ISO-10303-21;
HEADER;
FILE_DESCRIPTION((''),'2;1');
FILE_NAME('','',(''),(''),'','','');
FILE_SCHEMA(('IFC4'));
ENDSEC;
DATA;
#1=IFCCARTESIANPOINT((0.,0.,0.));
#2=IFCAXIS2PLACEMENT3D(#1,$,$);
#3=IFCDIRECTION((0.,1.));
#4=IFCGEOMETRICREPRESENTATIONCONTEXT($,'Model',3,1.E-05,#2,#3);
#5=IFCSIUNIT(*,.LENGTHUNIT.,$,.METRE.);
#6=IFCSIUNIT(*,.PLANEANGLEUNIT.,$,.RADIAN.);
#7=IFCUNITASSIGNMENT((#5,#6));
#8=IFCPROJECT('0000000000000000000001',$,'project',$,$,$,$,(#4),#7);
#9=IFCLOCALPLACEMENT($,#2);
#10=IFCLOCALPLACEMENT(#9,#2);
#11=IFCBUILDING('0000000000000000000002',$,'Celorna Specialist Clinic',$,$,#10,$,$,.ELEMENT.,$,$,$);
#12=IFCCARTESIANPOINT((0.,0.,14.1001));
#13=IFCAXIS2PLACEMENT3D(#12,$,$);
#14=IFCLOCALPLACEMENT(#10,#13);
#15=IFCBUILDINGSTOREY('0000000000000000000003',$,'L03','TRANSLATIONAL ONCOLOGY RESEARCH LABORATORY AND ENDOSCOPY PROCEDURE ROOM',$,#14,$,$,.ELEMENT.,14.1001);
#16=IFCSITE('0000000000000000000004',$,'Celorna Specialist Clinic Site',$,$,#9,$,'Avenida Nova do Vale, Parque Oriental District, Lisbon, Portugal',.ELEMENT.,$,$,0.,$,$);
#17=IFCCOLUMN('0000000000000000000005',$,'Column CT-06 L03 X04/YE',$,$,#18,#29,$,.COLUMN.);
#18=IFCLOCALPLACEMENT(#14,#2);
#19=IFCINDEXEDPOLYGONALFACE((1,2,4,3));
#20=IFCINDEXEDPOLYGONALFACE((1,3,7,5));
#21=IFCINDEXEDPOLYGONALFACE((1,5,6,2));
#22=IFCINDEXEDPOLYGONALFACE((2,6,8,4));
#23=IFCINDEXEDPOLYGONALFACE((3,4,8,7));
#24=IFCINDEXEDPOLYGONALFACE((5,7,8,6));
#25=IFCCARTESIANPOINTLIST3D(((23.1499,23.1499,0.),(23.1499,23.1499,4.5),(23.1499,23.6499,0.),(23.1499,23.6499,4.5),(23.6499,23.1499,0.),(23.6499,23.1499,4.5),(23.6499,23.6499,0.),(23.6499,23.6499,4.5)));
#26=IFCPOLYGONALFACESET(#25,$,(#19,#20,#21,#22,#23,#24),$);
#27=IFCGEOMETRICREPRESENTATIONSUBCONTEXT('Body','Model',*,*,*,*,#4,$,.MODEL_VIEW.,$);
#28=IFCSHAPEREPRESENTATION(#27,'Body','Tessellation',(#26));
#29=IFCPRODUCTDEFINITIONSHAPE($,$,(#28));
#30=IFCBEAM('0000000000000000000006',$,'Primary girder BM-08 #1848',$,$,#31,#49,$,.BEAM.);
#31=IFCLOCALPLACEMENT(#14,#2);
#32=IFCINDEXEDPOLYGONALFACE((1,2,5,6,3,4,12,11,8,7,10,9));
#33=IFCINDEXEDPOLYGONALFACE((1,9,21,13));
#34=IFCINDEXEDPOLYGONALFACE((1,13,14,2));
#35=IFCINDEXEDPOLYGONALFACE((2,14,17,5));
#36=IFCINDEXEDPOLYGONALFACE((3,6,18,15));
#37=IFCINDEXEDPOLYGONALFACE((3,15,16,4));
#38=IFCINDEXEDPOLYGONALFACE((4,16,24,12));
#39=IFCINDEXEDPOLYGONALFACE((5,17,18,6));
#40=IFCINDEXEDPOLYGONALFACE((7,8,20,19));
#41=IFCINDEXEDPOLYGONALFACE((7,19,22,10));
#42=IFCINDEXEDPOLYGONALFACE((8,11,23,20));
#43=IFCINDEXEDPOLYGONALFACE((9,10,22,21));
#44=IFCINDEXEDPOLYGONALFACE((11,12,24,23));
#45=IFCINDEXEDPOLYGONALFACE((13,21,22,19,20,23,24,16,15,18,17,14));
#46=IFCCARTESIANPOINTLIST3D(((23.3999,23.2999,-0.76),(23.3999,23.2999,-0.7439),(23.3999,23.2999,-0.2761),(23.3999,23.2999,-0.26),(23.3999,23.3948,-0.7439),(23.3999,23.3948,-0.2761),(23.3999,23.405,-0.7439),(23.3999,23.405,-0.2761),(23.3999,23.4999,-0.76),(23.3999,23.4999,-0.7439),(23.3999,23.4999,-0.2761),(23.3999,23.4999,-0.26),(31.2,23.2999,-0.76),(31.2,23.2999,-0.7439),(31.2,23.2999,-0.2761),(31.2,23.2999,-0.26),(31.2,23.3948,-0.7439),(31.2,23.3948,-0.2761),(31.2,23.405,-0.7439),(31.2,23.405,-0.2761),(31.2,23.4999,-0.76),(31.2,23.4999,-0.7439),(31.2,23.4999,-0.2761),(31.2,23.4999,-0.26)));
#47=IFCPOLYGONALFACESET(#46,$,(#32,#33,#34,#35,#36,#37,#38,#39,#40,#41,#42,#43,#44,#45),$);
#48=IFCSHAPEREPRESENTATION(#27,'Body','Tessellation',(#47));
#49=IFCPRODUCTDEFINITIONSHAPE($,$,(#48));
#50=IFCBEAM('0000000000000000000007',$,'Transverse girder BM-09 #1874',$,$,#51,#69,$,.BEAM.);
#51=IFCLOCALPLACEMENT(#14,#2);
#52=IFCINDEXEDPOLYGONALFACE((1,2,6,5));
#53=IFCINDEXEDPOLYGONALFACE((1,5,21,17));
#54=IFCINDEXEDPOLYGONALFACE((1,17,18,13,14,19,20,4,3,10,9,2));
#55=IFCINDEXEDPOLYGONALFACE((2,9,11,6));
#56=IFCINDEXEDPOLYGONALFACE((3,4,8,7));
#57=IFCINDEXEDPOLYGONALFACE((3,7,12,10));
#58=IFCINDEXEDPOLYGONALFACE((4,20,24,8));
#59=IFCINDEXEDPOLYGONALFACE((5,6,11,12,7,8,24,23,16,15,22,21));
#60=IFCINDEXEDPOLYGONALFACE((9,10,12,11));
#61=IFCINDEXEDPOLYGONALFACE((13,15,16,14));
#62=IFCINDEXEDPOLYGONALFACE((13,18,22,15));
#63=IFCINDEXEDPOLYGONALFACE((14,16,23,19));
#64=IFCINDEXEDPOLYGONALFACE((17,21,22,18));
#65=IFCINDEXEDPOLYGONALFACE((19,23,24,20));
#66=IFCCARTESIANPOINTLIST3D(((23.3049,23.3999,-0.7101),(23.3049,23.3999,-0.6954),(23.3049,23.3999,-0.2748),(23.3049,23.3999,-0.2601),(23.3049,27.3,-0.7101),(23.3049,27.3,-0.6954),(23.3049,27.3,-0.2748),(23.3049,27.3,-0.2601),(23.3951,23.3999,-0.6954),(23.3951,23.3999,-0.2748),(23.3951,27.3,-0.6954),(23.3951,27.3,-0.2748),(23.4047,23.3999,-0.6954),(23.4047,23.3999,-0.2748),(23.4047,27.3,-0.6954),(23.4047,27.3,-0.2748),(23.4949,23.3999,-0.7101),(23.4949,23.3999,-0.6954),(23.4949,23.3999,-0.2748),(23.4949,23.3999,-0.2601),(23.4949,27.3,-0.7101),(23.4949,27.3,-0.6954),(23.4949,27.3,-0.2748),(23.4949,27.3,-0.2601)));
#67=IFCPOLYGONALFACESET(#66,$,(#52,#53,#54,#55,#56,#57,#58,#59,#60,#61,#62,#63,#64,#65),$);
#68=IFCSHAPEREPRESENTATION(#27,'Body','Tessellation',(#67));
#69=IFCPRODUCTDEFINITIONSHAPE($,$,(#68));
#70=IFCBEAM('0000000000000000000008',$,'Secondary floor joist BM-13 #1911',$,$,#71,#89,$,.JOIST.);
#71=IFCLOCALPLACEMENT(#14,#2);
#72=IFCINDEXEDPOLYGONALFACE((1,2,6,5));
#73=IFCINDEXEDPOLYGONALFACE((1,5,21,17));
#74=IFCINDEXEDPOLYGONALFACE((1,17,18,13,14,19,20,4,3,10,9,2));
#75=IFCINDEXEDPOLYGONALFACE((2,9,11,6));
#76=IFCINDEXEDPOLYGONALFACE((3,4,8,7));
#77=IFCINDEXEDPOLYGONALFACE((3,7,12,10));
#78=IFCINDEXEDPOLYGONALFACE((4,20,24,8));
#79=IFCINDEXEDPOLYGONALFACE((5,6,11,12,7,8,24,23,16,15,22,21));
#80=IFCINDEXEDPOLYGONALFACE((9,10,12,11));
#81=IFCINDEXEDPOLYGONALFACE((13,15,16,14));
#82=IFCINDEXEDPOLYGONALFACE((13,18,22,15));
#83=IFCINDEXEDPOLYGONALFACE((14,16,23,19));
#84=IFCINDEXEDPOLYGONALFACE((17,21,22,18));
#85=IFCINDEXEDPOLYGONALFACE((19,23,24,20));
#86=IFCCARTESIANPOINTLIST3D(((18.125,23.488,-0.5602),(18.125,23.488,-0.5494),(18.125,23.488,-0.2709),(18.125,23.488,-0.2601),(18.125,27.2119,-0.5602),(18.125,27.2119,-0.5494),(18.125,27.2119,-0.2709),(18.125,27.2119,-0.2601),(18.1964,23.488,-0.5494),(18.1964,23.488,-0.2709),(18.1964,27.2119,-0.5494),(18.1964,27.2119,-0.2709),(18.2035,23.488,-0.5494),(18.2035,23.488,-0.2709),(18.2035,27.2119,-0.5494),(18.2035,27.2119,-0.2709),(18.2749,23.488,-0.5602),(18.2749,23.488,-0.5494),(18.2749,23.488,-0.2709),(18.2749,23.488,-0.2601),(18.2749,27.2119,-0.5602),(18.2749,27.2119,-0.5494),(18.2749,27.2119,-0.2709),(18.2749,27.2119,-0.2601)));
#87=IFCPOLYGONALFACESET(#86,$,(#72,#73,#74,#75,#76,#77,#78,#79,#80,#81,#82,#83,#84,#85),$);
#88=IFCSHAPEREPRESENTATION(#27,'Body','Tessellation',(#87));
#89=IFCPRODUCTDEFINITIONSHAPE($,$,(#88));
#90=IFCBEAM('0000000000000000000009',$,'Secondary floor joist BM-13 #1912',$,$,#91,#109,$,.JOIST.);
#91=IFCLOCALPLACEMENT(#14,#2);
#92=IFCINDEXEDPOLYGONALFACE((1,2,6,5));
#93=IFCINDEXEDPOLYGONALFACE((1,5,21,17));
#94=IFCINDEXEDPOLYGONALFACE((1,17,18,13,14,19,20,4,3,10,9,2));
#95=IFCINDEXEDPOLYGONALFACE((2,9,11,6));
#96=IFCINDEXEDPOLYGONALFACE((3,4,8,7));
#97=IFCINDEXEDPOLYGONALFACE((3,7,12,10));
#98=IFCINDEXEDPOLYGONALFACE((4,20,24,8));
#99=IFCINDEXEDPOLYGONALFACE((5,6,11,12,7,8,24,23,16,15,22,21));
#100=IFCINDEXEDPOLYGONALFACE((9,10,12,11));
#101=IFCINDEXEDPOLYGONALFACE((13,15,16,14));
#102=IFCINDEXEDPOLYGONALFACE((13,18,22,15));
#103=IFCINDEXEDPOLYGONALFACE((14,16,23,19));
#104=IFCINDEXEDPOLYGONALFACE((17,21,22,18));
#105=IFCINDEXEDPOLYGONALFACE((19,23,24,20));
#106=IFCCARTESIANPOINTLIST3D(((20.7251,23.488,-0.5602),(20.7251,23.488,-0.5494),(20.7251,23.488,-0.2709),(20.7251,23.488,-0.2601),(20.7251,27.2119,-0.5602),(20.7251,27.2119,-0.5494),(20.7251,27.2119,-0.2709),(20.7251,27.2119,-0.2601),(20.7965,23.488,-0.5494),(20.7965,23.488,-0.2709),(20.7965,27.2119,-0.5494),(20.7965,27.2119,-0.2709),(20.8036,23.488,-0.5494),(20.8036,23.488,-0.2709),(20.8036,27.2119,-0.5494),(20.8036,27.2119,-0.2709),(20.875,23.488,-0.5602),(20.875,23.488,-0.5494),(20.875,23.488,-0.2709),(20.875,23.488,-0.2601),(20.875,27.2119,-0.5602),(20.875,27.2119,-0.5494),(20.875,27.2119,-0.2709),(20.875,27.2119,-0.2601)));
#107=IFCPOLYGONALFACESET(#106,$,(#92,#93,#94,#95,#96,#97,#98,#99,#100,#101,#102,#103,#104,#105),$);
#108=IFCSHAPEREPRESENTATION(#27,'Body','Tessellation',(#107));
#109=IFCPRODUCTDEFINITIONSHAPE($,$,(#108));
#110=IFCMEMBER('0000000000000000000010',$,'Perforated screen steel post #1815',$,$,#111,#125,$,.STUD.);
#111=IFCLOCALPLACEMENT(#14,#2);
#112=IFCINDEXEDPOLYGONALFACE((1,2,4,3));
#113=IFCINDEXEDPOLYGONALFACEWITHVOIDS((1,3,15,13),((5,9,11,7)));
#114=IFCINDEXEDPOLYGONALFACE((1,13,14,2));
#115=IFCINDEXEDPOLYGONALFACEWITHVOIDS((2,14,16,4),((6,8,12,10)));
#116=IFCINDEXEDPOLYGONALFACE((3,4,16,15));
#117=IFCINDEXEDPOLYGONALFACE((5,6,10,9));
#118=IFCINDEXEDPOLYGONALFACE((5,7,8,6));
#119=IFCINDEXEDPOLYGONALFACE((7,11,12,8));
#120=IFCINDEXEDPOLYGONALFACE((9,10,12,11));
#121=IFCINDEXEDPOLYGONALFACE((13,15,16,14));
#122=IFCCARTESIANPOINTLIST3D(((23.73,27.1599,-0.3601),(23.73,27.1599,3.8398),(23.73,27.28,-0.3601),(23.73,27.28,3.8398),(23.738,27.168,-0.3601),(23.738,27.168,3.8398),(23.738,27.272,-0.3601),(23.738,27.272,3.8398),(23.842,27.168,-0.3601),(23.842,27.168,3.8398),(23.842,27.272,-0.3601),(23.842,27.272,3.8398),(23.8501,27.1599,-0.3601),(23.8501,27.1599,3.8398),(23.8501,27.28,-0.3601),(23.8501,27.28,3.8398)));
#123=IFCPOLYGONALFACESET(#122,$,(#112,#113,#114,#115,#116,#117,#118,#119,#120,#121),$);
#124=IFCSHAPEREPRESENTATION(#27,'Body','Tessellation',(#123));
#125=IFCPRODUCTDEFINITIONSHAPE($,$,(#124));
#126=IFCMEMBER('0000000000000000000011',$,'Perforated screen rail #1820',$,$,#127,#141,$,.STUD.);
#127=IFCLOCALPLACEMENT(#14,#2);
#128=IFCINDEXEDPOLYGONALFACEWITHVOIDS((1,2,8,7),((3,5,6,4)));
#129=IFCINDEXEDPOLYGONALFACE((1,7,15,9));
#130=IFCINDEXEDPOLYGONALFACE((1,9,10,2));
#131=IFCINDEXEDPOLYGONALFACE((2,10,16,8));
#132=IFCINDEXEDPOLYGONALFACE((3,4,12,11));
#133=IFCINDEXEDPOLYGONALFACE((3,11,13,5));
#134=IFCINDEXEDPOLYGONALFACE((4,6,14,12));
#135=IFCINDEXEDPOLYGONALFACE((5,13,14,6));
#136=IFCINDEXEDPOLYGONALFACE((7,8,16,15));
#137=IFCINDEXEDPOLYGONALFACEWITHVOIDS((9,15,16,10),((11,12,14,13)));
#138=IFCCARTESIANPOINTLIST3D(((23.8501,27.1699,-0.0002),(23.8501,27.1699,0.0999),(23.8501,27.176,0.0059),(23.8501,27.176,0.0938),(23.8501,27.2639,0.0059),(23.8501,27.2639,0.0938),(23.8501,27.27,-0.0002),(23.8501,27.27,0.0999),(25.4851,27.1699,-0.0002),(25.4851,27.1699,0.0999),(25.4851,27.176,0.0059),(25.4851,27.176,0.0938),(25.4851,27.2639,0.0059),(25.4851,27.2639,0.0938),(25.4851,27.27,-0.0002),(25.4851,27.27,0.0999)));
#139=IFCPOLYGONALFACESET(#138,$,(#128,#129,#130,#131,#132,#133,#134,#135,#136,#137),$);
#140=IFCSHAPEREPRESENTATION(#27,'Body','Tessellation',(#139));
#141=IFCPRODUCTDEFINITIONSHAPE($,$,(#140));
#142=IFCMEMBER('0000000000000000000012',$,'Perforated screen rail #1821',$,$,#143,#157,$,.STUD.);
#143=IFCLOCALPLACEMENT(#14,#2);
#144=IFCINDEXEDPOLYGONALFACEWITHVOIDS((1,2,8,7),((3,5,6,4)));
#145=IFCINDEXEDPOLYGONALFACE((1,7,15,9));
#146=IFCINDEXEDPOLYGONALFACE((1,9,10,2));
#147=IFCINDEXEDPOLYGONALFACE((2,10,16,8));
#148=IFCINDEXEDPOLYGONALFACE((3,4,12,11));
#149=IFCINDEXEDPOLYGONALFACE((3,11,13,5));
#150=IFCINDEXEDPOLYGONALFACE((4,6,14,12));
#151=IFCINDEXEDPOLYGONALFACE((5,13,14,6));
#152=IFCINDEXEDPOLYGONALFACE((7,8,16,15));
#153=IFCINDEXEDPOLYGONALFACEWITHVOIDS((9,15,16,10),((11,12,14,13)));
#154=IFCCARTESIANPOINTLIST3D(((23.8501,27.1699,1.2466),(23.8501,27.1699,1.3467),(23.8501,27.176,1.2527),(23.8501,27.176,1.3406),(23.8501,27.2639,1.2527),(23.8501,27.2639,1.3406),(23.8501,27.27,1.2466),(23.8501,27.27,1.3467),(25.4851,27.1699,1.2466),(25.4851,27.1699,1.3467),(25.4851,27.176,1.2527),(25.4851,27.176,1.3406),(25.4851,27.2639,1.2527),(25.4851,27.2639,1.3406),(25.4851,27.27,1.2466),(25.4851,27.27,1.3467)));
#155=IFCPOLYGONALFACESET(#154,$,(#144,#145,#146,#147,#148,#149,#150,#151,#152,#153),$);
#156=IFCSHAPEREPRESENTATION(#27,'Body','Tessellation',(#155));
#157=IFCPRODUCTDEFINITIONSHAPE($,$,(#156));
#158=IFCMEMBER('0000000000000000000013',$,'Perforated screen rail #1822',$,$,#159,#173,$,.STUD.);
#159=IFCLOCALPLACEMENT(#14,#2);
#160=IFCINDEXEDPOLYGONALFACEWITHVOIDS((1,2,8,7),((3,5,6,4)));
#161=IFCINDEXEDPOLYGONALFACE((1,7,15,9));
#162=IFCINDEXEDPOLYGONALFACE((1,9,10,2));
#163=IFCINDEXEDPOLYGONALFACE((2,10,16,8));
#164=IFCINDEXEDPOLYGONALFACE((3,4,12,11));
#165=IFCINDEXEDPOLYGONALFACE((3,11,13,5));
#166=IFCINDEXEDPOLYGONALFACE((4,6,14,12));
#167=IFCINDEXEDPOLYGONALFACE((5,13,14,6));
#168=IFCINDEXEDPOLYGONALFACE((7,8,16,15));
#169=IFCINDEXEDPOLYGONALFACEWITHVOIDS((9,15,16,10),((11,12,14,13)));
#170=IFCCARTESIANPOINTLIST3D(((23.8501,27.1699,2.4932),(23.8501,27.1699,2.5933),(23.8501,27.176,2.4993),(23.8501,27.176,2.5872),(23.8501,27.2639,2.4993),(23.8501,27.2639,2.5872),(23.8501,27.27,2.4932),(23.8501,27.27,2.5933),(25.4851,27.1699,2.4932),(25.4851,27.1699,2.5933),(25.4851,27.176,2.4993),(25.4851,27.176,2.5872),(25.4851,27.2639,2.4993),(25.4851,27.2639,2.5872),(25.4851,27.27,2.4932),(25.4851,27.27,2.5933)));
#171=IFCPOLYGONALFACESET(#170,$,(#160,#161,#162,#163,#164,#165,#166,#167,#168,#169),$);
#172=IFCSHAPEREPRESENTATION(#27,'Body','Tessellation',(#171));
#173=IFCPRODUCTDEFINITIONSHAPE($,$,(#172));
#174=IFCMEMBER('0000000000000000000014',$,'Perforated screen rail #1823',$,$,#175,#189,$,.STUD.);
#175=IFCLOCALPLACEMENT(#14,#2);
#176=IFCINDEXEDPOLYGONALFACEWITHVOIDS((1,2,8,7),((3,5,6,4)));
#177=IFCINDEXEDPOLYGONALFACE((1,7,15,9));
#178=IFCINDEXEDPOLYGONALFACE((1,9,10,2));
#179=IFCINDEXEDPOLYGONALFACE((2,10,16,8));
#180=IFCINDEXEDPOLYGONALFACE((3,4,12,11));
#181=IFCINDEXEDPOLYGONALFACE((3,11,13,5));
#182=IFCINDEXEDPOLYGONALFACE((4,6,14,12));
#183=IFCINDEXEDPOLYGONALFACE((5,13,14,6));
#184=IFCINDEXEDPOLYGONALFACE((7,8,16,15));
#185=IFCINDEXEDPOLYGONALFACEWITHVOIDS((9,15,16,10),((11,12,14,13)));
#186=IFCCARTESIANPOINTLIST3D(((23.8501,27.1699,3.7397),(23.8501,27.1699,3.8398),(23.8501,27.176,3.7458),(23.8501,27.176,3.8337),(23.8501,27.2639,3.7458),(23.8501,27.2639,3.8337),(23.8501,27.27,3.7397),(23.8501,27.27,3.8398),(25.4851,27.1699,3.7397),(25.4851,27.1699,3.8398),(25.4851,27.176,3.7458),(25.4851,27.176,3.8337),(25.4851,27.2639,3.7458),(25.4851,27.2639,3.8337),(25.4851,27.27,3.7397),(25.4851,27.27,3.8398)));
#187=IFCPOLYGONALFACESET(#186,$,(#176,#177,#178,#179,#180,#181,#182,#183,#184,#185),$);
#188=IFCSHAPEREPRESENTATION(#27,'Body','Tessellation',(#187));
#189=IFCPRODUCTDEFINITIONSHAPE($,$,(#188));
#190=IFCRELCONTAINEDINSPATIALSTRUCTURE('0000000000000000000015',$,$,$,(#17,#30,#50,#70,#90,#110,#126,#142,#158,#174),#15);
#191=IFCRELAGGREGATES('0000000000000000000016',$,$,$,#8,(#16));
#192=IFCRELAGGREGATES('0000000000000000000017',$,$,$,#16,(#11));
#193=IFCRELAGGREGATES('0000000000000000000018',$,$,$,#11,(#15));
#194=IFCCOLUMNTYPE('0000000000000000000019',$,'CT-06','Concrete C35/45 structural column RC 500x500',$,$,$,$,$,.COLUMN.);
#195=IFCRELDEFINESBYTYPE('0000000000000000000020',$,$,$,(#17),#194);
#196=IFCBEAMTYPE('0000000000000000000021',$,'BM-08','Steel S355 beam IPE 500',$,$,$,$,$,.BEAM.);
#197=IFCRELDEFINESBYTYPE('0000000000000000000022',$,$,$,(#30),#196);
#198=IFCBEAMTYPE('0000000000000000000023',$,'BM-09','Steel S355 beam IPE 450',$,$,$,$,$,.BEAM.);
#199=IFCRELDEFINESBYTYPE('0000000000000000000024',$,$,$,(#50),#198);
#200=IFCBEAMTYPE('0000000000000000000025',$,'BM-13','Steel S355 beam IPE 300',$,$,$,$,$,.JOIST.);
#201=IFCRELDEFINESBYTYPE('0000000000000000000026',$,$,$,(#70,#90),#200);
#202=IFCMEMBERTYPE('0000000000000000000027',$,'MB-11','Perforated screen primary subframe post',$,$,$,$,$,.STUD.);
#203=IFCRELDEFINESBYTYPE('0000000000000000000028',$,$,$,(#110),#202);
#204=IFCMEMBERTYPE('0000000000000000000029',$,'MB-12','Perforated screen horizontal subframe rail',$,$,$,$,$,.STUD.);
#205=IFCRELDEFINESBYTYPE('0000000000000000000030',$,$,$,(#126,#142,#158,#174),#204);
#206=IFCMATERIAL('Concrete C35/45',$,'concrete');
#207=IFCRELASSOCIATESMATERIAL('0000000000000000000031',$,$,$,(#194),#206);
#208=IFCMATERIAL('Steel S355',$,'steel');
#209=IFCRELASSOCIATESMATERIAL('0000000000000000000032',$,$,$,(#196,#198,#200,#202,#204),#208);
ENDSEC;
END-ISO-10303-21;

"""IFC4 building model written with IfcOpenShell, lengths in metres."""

from ifc_helpers import new_model, si_unit, direction, frame, origin, origin_2d, place, context, subcontext, project, spatial, rectangle, hollow_rectangle, i_section, extrude, material, material_profile, profile_set, type_object, element, save


model = new_model("IFC4")

# Units and contexts
model_context = context("Model", 3, precision=1e-05, world=origin(), true_north=direction((0.0, 1.0)))
body_context = subcontext(model_context, "Body", "Model", "MODEL_VIEW")
ifc_project = project(units=[si_unit("LENGTHUNIT", "METRE"), si_unit("PLANEANGLEUNIT", "RADIAN")], contexts=[model_context])

# Site, building, storey
site_placement = place(None, origin())
site = spatial("IfcSite", under=ifc_project, at=site_placement, Name="Celorna Specialist Clinic Site", LongName="Avenida Nova do Vale, Parque Oriental District, Lisbon, Portugal", CompositionType="ELEMENT", RefElevation=0.0)
building_placement = place(site_placement, origin())
building = spatial("IfcBuilding", under=site, at=building_placement, Name="Celorna Specialist Clinic", CompositionType="ELEMENT")
storey_placement = place(building_placement, frame((0.0, 0.0, 14.1001)))
storey = spatial("IfcBuildingStorey", under=building, at=storey_placement, Name="L03", Description="TRANSLATIONAL ONCOLOGY RESEARCH LABORATORY AND ENDOSCOPY PROCEDURE ROOM", CompositionType="ELEMENT", Elevation=14.1001)

# Column
ifc_material_1 = material(Name="Concrete C35/45", Category="concrete")
ifc_material_profile_1 = material_profile(ifc_material_1, rectangle(XDim=0.5, YDim=0.5, at=origin_2d()), Name="RC 500x500")
ifc_profile_set_1 = profile_set([ifc_material_profile_1], Name="Concrete C35/45")
column_type = type_object("IfcColumnType", Name="CT-06", Description="Concrete C35/45 structural column RC 500x500", PredefinedType="COLUMN", material=ifc_profile_set_1)
column_placement = place(storey_placement, frame((23.3999, 23.3999, 0.0), z_axis=(0.0, 0.0, 1.0), x_axis=(1.0, 0.0, 0.0)))
element("IfcColumn", 1, at=column_placement, inside=storey, type_object=column_type, Name="Column CT-06 L03 X04/YE", PredefinedType="COLUMN", context=body_context, shape_type="SweptSolid", body=[
    extrude(rectangle(XDim=0.5, YDim=0.5, at=origin_2d()), origin(), (0.0, 0.0, 1.0), 4.5),
])

# Beams
ifc_material_2 = material(Name="Steel S355", Category="steel")
ifc_material_profile_2 = material_profile(ifc_material_2, i_section(OverallWidth=0.2, OverallDepth=0.5, WebThickness=0.0103, FlangeThickness=0.0161, at=origin_2d()), Name="IPE 500")
ifc_profile_set_2 = profile_set([ifc_material_profile_2], Name="Steel S355")
beam_type_1 = type_object("IfcBeamType", Name="BM-08", Description="Steel S355 beam IPE 500", PredefinedType="BEAM", material=ifc_profile_set_2)
beam_1_placement = place(storey_placement, frame((23.3999, 23.3999, -0.51), z_axis=(1.0, 0.0, 0.0), x_axis=(0.0, 1.0, 0.0)))
element("IfcBeam", 2, at=beam_1_placement, inside=storey, type_object=beam_type_1, Name="Primary girder BM-08 #1848", PredefinedType="BEAM", context=body_context, shape_type="SweptSolid", body=[
    extrude(i_section(OverallWidth=0.2, OverallDepth=0.5, WebThickness=0.0103, FlangeThickness=0.0161, at=origin_2d()), origin(), (0.0, 0.0, 1.0), 7.8),
])
ifc_material_profile_3 = material_profile(ifc_material_2, i_section(OverallWidth=0.1899, OverallDepth=0.45, WebThickness=0.0095, FlangeThickness=0.0146, at=origin_2d()), Name="IPE 450")
ifc_profile_set_3 = profile_set([ifc_material_profile_3], Name="Steel S355")
beam_type_2 = type_object("IfcBeamType", Name="BM-09", Description="Steel S355 beam IPE 450", PredefinedType="BEAM", material=ifc_profile_set_3)
beam_2_placement = place(storey_placement, frame((23.3999, 23.3999, -0.4851), z_axis=(0.0, 1.0, 0.0), x_axis=(-1.0, 0.0, 0.0)))
element("IfcBeam", 3, at=beam_2_placement, inside=storey, type_object=beam_type_2, Name="Transverse girder BM-09 #1874", PredefinedType="BEAM", context=body_context, shape_type="SweptSolid", body=[
    extrude(i_section(OverallWidth=0.1899, OverallDepth=0.45, WebThickness=0.0095, FlangeThickness=0.0146, at=origin_2d()), origin(), (0.0, 0.0, 1.0), 3.9001),
])
ifc_material_profile_4 = material_profile(ifc_material_2, i_section(OverallWidth=0.1499, OverallDepth=0.3, WebThickness=0.0071, FlangeThickness=0.0107, at=origin_2d()), Name="IPE 300")
ifc_profile_set_4 = profile_set([ifc_material_profile_4], Name="Steel S355")
beam_type_3 = type_object("IfcBeamType", Name="BM-13", Description="Steel S355 beam IPE 300", PredefinedType="JOIST", material=ifc_profile_set_4)
for number, where, z_axis, x_axis, name in (
    (4, (18.2, 23.488, -0.4102), (0.0, 1.0, 0.0), (-1.0, 0.0, 0.0), "Secondary floor joist BM-13 #1911"),
    (5, (20.8, 23.488, -0.4102), (0.0, 1.0, 0.0), (-1.0, 0.0, 0.0), "Secondary floor joist BM-13 #1912"),
):
    element("IfcBeam", number, at=place(storey_placement, frame(where, z_axis=z_axis, x_axis=x_axis)), inside=storey, type_object=beam_type_3, Name=name, PredefinedType="JOIST", context=body_context, shape_type="SweptSolid", body=[
        extrude(i_section(OverallWidth=0.1499, OverallDepth=0.3, WebThickness=0.0071, FlangeThickness=0.0107, at=origin_2d()), origin(), (0.0, 0.0, 1.0), 3.7239),
    ])

# Members
ifc_material_profile_5 = material_profile(ifc_material_2, hollow_rectangle(XDim=0.1201, YDim=0.1201, WallThickness=0.0081, at=origin_2d()), Name="SHS 120x120x8")
ifc_profile_set_5 = profile_set([ifc_material_profile_5], Name="Steel S355")
member_type_1 = type_object("IfcMemberType", Name="MB-11", Description="Perforated screen primary subframe post", PredefinedType="STUD", material=ifc_profile_set_5)
member_1_placement = place(storey_placement, frame((23.79, 27.22, -0.3601), z_axis=(0.0, 0.0, 1.0), x_axis=(1.0, 0.0, 0.0)))
element("IfcMember", 6, at=member_1_placement, inside=storey, type_object=member_type_1, Name="Perforated screen steel post #1815", PredefinedType="STUD", context=body_context, shape_type="SweptSolid", body=[
    extrude(hollow_rectangle(XDim=0.1201, YDim=0.1201, WallThickness=0.0081, at=origin_2d()), origin(), (0.0, 0.0, 1.0), 4.2),
])
ifc_material_profile_6 = material_profile(ifc_material_2, hollow_rectangle(XDim=0.1001, YDim=0.1001, WallThickness=0.0061, at=origin_2d()), Name="SHS 100x100x6")
ifc_profile_set_6 = profile_set([ifc_material_profile_6], Name="Steel S355")
member_type_2 = type_object("IfcMemberType", Name="MB-12", Description="Perforated screen horizontal subframe rail", PredefinedType="STUD", material=ifc_profile_set_6)
for number, where, z_axis, x_axis, name in (
    (7, (23.8501, 27.22, 0.0498), (1.0, 0.0, 0.0), (0.0, 1.0, 0.0), "Perforated screen rail #1820"),
    (8, (23.8501, 27.22, 1.2966), (1.0, 0.0, 0.0), (0.0, 1.0, 0.0), "Perforated screen rail #1821"),
    (9, (23.8501, 27.22, 2.5432), (1.0, 0.0, 0.0), (0.0, 1.0, 0.0), "Perforated screen rail #1822"),
    (10, (23.8501, 27.22, 3.7898), (1.0, 0.0, 0.0), (0.0, 1.0, 0.0), "Perforated screen rail #1823"),
):
    element("IfcMember", number, at=place(storey_placement, frame(where, z_axis=z_axis, x_axis=x_axis)), inside=storey, type_object=member_type_2, Name=name, PredefinedType="STUD", context=body_context, shape_type="SweptSolid", body=[
        extrude(hollow_rectangle(XDim=0.1001, YDim=0.1001, WallThickness=0.0061, at=origin_2d()), origin(), (0.0, 0.0, 1.0), 1.635),
    ])

save(model, "model.ifc")
